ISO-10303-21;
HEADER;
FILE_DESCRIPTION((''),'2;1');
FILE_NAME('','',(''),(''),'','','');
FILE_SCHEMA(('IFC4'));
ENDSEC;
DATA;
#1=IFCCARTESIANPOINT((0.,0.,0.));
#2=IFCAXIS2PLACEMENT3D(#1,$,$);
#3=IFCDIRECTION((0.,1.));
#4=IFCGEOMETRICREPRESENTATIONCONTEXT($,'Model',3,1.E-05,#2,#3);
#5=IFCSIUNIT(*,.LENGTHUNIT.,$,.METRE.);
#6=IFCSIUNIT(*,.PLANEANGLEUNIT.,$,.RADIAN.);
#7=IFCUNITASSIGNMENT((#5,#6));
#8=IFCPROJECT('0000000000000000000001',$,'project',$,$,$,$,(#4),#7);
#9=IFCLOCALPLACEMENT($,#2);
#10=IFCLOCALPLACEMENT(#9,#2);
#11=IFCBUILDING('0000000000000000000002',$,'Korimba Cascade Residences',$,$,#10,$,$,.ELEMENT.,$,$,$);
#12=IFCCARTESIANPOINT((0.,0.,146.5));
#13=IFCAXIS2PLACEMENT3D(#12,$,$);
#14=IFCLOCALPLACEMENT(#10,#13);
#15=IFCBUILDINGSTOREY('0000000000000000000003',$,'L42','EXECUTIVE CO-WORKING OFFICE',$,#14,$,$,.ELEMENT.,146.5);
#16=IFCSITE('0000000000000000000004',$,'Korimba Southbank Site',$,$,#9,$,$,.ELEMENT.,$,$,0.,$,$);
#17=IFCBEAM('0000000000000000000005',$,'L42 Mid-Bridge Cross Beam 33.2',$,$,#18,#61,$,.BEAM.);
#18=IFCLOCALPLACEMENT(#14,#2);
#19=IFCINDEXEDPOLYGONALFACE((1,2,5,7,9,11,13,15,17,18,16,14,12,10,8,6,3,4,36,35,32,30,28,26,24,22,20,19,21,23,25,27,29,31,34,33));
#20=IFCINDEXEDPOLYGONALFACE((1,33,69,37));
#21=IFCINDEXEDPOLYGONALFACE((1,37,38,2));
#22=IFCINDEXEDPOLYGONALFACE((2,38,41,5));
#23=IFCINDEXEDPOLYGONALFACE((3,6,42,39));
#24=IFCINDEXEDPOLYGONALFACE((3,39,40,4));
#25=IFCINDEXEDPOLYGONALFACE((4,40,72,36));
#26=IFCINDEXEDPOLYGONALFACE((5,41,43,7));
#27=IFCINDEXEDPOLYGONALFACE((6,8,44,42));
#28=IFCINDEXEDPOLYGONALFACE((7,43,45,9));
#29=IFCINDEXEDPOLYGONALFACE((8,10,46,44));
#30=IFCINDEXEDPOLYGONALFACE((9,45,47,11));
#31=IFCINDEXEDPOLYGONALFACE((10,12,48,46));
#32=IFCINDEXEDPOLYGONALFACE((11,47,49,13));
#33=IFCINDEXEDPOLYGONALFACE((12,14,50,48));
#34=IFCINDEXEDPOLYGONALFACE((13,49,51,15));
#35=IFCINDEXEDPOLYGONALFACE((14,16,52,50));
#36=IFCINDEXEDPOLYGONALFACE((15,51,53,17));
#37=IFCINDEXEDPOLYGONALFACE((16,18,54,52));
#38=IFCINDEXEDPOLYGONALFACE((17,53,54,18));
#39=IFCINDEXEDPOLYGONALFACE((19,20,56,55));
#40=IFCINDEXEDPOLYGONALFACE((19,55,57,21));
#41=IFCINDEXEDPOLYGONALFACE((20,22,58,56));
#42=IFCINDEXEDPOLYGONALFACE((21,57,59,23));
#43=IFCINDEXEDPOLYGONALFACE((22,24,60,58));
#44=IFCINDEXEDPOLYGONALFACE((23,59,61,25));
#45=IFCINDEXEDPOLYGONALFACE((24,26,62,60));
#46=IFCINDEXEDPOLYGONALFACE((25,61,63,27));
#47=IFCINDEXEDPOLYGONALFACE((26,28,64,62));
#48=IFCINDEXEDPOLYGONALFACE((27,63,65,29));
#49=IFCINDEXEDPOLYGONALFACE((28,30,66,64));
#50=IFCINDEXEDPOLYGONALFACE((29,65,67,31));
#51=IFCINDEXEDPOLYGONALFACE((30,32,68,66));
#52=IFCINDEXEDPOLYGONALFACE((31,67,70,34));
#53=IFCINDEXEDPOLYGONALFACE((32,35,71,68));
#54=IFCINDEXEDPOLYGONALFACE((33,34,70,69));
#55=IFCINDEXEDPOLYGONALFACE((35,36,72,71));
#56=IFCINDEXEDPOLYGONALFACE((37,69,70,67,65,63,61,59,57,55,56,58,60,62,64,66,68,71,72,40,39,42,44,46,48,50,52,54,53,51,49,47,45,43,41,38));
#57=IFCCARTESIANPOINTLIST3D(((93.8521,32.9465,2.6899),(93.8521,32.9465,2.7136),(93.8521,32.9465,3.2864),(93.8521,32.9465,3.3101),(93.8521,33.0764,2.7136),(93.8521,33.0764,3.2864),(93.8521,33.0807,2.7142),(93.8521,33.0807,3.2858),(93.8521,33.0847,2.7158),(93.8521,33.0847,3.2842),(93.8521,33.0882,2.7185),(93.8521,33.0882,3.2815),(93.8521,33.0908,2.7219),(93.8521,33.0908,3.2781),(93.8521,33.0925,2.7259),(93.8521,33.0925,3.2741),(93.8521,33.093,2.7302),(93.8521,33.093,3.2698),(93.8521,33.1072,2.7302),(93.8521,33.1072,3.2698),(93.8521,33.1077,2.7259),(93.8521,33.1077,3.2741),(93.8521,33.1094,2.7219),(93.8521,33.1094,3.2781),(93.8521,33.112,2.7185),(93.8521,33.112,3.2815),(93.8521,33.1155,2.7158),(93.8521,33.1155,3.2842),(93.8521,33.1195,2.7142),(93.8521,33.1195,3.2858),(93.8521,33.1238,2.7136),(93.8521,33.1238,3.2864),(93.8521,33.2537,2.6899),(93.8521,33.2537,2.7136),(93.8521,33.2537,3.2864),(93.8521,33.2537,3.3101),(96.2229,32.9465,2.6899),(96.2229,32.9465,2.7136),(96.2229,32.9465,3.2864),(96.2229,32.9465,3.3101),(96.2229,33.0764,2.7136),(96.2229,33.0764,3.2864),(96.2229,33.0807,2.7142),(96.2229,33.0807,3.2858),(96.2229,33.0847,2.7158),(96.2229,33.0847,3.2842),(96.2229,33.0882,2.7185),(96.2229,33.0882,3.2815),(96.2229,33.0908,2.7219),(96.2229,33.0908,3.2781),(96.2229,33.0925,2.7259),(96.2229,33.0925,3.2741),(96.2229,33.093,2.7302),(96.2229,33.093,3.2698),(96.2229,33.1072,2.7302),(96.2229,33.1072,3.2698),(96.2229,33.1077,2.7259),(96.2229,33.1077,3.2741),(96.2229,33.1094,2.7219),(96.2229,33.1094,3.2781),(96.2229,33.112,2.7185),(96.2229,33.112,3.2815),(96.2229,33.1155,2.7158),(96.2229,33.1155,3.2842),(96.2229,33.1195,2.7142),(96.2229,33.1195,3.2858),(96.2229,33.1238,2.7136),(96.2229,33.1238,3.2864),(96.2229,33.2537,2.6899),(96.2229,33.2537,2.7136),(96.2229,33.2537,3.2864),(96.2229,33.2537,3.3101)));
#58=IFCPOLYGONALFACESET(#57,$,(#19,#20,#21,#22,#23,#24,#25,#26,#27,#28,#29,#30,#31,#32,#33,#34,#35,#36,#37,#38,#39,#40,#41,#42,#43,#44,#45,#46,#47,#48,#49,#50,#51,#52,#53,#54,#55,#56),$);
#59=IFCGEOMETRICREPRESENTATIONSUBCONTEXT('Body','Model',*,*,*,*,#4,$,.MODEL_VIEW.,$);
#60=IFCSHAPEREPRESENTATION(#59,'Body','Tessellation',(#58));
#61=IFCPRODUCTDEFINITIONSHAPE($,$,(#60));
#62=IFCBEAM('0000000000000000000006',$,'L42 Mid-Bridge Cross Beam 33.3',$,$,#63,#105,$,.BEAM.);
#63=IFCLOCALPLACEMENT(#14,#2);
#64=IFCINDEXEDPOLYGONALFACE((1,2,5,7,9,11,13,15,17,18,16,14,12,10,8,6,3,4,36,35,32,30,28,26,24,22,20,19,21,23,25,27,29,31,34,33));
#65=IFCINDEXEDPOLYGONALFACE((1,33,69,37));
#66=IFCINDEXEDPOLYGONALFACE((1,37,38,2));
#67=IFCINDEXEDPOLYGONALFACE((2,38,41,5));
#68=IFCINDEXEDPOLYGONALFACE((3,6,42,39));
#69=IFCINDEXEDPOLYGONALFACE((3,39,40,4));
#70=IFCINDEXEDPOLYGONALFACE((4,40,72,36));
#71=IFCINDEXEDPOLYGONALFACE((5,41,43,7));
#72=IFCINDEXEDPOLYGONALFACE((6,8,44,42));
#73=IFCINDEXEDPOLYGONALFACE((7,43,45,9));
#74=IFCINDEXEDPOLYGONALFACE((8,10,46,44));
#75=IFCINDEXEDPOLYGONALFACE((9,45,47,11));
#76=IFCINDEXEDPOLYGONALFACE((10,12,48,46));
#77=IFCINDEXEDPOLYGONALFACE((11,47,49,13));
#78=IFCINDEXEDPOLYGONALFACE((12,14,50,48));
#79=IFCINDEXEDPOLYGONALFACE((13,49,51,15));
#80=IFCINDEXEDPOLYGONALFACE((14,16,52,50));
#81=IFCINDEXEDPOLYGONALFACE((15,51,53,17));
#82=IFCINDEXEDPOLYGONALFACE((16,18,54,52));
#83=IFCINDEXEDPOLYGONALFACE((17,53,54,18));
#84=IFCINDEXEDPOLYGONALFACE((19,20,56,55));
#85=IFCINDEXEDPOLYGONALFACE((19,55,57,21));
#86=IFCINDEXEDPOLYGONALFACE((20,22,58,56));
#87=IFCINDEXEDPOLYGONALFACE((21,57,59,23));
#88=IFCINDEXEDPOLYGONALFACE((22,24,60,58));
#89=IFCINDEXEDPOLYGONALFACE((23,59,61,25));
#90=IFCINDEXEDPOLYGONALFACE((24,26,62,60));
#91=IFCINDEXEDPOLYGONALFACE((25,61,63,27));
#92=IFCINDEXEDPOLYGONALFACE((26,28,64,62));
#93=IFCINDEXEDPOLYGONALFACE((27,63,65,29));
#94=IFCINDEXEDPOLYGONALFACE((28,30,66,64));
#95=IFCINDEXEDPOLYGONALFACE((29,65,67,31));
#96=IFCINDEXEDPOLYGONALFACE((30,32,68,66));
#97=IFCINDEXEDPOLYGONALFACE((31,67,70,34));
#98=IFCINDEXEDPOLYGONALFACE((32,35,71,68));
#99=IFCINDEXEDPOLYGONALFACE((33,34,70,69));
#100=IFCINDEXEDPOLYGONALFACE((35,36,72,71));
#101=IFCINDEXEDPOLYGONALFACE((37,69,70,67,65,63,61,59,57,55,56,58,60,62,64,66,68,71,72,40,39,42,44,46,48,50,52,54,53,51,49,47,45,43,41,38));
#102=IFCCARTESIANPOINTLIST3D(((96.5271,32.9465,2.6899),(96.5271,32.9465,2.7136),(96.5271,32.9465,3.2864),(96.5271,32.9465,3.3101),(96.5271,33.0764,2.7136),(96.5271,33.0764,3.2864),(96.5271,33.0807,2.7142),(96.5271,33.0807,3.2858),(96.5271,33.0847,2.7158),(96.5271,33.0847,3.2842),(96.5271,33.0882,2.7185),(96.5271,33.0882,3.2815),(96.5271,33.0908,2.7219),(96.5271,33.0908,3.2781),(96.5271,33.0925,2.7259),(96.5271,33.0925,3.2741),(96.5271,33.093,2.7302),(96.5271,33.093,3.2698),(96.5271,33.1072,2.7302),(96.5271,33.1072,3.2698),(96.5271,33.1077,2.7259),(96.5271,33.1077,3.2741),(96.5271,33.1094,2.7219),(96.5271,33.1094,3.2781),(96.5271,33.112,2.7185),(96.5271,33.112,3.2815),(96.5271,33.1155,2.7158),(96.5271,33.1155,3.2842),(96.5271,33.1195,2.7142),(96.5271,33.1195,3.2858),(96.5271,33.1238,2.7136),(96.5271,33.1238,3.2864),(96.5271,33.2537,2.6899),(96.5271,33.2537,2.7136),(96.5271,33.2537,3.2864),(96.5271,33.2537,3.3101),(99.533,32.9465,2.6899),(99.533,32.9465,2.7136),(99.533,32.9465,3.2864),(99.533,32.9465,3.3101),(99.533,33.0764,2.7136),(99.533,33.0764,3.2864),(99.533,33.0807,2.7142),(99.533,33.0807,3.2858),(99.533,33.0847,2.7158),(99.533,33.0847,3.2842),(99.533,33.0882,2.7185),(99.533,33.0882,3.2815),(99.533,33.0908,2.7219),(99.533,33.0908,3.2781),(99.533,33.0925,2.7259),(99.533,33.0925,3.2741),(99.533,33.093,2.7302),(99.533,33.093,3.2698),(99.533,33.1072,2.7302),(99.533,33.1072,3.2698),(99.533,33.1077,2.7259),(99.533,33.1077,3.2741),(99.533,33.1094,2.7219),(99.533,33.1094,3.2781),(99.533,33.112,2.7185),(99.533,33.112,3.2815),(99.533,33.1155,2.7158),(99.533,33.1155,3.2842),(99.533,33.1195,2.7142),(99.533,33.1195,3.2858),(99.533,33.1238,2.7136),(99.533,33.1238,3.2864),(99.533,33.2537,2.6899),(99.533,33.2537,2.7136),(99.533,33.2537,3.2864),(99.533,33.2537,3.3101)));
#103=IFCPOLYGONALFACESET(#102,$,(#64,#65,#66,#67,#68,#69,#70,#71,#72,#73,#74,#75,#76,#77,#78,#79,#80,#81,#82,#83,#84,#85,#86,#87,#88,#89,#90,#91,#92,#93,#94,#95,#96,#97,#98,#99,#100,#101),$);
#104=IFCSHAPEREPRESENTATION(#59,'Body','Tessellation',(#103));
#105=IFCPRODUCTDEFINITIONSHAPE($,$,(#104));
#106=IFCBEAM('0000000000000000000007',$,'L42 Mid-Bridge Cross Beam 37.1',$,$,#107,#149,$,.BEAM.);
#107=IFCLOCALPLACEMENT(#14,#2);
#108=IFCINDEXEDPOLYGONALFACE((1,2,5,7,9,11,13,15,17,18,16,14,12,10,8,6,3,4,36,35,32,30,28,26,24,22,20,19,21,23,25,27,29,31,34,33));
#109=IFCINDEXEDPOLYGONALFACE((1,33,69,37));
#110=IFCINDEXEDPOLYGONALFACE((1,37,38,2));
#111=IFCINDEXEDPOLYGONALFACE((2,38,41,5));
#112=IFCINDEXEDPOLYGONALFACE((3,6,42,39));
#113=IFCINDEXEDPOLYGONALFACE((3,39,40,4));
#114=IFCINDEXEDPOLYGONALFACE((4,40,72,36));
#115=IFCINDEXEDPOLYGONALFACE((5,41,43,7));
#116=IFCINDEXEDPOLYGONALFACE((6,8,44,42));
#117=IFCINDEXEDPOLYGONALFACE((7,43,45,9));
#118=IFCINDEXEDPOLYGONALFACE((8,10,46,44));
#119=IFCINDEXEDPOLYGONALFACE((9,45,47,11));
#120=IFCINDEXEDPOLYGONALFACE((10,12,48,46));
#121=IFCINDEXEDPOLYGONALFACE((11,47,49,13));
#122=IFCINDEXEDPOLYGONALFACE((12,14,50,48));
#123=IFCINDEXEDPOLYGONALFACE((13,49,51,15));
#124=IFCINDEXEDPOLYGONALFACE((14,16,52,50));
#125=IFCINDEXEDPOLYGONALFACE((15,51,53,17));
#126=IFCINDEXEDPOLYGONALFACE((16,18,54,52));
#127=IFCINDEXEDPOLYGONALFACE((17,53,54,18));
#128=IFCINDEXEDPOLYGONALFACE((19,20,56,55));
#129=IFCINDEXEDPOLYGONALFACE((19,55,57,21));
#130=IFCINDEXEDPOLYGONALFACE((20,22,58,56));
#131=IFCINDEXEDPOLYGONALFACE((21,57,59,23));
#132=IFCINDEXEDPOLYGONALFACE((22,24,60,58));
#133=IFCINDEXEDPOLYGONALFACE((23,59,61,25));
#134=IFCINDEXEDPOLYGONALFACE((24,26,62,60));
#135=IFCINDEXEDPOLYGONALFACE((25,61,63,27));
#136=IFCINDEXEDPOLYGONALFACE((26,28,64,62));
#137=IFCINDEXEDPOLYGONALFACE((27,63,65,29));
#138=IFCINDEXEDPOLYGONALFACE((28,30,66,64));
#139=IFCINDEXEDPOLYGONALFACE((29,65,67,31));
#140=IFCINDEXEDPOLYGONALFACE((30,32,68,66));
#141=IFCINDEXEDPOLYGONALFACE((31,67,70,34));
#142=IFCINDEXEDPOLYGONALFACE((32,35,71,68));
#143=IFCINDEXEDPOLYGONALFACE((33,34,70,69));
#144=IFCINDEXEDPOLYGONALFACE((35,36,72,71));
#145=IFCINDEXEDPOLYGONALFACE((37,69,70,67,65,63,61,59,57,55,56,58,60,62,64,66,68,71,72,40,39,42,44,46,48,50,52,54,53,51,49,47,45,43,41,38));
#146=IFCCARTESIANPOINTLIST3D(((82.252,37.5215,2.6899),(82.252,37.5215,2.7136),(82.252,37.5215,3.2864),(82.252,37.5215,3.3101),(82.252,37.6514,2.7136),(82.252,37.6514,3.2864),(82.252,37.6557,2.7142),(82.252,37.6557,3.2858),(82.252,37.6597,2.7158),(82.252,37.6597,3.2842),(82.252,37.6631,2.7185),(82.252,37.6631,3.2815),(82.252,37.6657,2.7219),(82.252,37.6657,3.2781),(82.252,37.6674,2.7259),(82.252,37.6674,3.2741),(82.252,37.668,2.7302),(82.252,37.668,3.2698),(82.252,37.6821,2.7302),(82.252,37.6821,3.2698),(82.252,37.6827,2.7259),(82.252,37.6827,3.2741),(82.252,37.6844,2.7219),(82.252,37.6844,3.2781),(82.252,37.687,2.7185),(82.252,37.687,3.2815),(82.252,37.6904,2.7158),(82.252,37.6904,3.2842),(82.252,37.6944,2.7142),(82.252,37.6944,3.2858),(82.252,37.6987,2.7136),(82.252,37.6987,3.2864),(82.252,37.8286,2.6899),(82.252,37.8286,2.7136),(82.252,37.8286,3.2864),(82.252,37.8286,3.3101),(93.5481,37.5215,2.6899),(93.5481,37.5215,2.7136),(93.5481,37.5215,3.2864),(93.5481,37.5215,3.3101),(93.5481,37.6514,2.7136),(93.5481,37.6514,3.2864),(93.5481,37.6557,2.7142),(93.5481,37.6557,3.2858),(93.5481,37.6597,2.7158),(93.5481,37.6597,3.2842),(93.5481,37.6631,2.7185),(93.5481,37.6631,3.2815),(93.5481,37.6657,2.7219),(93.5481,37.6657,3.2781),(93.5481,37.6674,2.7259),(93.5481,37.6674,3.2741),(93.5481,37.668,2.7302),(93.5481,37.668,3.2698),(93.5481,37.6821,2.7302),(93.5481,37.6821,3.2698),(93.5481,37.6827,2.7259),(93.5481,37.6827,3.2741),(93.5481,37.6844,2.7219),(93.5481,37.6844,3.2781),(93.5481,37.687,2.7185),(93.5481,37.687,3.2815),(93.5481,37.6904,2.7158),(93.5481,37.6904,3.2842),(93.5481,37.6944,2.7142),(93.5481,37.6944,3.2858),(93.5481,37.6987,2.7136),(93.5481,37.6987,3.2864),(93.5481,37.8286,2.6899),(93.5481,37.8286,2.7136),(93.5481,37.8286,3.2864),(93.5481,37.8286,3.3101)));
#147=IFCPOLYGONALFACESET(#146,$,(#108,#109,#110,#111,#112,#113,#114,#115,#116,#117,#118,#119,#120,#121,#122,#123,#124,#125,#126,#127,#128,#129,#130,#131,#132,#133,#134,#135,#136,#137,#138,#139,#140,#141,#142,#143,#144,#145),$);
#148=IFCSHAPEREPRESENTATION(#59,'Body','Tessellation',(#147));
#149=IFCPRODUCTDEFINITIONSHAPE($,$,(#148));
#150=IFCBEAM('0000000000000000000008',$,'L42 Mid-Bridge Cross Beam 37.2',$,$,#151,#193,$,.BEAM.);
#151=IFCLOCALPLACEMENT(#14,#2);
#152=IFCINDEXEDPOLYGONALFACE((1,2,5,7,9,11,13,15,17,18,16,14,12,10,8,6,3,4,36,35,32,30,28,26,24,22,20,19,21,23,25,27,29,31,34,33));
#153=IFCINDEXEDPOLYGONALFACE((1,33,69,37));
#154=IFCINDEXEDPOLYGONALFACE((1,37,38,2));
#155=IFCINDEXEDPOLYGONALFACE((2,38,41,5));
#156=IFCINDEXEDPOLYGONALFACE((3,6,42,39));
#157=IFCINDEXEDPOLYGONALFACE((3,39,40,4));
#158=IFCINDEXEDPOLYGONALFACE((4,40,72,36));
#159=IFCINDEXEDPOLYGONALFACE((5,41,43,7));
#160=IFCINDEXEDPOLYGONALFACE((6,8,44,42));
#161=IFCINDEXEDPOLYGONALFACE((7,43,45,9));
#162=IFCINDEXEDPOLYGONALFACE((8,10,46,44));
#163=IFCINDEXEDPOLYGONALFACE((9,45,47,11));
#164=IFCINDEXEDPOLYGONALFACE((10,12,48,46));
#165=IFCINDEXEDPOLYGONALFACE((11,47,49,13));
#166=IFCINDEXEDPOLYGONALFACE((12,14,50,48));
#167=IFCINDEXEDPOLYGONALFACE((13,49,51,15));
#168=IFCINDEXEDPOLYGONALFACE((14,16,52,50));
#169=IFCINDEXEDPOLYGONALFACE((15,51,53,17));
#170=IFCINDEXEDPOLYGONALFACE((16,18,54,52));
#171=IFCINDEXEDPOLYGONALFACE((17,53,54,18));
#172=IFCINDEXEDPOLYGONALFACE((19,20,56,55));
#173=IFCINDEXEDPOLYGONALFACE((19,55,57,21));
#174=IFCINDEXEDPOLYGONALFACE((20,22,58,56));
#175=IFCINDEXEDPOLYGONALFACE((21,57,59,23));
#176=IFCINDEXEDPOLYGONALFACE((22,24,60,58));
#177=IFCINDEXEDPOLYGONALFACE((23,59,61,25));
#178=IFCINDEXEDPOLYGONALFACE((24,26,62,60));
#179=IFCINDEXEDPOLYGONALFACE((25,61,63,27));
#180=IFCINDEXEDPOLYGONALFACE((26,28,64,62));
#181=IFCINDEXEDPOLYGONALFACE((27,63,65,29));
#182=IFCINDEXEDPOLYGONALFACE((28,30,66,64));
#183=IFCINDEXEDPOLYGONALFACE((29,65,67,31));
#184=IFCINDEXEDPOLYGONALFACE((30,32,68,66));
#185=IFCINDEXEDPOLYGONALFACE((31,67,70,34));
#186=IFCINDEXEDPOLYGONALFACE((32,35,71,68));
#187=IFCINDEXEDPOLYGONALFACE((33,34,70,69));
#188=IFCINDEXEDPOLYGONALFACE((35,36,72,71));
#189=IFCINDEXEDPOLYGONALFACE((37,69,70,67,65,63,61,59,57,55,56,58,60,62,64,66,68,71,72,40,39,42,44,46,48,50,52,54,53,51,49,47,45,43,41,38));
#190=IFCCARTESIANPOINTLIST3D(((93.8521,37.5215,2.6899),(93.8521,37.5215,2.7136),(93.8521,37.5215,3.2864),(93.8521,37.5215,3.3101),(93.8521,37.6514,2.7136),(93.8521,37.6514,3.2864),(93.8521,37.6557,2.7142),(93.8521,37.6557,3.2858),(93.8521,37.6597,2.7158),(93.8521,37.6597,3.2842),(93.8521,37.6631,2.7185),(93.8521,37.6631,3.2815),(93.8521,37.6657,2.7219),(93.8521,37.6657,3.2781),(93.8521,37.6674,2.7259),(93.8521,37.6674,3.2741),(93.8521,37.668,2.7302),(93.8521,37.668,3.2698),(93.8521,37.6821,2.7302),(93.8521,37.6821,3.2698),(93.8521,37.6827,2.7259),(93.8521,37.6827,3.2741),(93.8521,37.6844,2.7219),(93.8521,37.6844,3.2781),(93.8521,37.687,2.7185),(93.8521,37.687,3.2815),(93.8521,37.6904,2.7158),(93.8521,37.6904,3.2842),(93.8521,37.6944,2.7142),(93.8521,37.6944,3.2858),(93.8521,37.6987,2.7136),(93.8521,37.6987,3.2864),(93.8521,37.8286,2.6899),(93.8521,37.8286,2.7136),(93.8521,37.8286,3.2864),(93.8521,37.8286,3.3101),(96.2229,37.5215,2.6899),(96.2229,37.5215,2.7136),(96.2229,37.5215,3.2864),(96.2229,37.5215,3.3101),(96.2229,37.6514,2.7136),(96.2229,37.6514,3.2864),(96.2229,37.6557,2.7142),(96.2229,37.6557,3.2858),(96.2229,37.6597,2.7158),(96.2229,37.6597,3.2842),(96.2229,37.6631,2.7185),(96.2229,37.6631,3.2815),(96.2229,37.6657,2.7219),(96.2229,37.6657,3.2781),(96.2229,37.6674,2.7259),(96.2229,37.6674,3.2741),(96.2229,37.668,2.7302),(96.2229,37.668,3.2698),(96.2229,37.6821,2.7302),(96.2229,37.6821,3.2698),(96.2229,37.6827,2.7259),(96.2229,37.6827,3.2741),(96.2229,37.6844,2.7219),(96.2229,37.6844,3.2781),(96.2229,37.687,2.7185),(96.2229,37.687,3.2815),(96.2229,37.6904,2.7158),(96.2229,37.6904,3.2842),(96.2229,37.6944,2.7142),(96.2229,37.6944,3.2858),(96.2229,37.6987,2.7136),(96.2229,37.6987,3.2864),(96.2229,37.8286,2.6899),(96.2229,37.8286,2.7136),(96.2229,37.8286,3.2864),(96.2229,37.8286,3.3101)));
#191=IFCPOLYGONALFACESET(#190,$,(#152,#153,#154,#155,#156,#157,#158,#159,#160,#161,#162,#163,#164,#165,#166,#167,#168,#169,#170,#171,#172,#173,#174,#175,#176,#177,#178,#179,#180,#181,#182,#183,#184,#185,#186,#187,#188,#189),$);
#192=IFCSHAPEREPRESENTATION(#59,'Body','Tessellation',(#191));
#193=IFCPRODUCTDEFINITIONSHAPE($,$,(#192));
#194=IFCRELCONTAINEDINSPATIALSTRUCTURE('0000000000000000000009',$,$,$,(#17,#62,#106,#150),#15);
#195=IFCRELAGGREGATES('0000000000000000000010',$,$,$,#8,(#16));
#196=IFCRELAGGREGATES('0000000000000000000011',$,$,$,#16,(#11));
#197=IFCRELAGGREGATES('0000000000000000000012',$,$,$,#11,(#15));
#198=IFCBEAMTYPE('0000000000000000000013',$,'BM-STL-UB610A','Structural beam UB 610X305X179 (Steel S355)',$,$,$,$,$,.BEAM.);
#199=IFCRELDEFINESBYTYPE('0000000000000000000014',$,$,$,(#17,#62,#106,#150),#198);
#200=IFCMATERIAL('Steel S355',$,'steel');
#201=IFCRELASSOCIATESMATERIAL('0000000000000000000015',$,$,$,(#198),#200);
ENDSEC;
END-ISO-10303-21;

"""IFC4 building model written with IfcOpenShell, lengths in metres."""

from ifc_helpers import new_model, si_unit, direction, frame, origin, origin_2d, place, context, subcontext, project, spatial, i_section, extrude, material, material_profile, profile_set, type_object, element, save


model = new_model("IFC4")

# Units and contexts
model_context = context("Model", 3, precision=1e-05, world=origin(), true_north=direction((0.0, 1.0)))
body_context = subcontext(model_context, "Body", "Model", "MODEL_VIEW")
ifc_project = project(units=[si_unit("LENGTHUNIT", "METRE"), si_unit("PLANEANGLEUNIT", "RADIAN")], contexts=[model_context])

# Site, building, storey
site_placement = place(None, origin())
site = spatial("IfcSite", under=ifc_project, at=site_placement, Name="Korimba Southbank Site", CompositionType="ELEMENT", RefElevation=0.0)
building_placement = place(site_placement, origin())
building = spatial("IfcBuilding", under=site, at=building_placement, Name="Korimba Cascade Residences", CompositionType="ELEMENT")
storey_placement = place(building_placement, frame((0.0, 0.0, 146.5)))
storey = spatial("IfcBuildingStorey", under=building, at=storey_placement, Name="L42", Description="EXECUTIVE CO-WORKING OFFICE", CompositionType="ELEMENT", Elevation=146.5)

# Beams
ifc_material_1 = material(Name="Steel S355", Category="steel")
ifc_material_profile_1 = material_profile(ifc_material_1, i_section(OverallWidth=0.3071, OverallDepth=0.6201, WebThickness=0.0142, FlangeThickness=0.0237, FilletRadius=0.0166, at=origin_2d()), Name="Steel S355")
ifc_profile_set_1 = profile_set([ifc_material_profile_1], Name="Steel S355")
beam_type = type_object("IfcBeamType", Name="BM-STL-UB610A", Description="Structural beam UB 610X305X179 (Steel S355)", PredefinedType="BEAM", material=ifc_profile_set_1)
beam_1_placement = place(storey_placement, frame((93.8521, 33.1001, 3.0), z_axis=(1.0, 0.0, 0.0), x_axis=(0.0, 1.0, 0.0)))
element("IfcBeam", 1, at=beam_1_placement, inside=storey, type_object=beam_type, Name="L42 Mid-Bridge Cross Beam 33.2", PredefinedType="BEAM", context=body_context, shape_type="SweptSolid", body=[
    extrude(i_section(OverallWidth=0.3071, OverallDepth=0.6201, WebThickness=0.0142, FlangeThickness=0.0237, FilletRadius=0.0166, at=origin_2d()), origin(), (0.0, 0.0, 1.0), 2.3708),
])
beam_2_placement = place(storey_placement, frame((96.5271, 33.1001, 3.0), z_axis=(1.0, 0.0, 0.0), x_axis=(0.0, 1.0, 0.0)))
element("IfcBeam", 2, at=beam_2_placement, inside=storey, type_object=beam_type, Name="L42 Mid-Bridge Cross Beam 33.3", PredefinedType="BEAM", context=body_context, shape_type="SweptSolid", body=[
    extrude(i_section(OverallWidth=0.3071, OverallDepth=0.6201, WebThickness=0.0142, FlangeThickness=0.0237, FilletRadius=0.0166, at=origin_2d()), origin(), (0.0, 0.0, 1.0), 3.0059),
])
beam_3_placement = place(storey_placement, frame((82.252, 37.675, 3.0), z_axis=(1.0, 0.0, 0.0), x_axis=(0.0, 1.0, 0.0)))
element("IfcBeam", 3, at=beam_3_placement, inside=storey, type_object=beam_type, Name="L42 Mid-Bridge Cross Beam 37.1", PredefinedType="BEAM", context=body_context, shape_type="SweptSolid", body=[
    extrude(i_section(OverallWidth=0.3071, OverallDepth=0.6201, WebThickness=0.0142, FlangeThickness=0.0237, FilletRadius=0.0166, at=origin_2d()), origin(), (0.0, 0.0, 1.0), 11.2961),
])
beam_4_placement = place(storey_placement, frame((93.8521, 37.675, 3.0), z_axis=(1.0, 0.0, 0.0), x_axis=(0.0, 1.0, 0.0)))
element("IfcBeam", 4, at=beam_4_placement, inside=storey, type_object=beam_type, Name="L42 Mid-Bridge Cross Beam 37.2", PredefinedType="BEAM", context=body_context, shape_type="SweptSolid", body=[
    extrude(i_section(OverallWidth=0.3071, OverallDepth=0.6201, WebThickness=0.0142, FlangeThickness=0.0237, FilletRadius=0.0166, at=origin_2d()), origin(), (0.0, 0.0, 1.0), 2.3708),
])

save(model, "model.ifc")
